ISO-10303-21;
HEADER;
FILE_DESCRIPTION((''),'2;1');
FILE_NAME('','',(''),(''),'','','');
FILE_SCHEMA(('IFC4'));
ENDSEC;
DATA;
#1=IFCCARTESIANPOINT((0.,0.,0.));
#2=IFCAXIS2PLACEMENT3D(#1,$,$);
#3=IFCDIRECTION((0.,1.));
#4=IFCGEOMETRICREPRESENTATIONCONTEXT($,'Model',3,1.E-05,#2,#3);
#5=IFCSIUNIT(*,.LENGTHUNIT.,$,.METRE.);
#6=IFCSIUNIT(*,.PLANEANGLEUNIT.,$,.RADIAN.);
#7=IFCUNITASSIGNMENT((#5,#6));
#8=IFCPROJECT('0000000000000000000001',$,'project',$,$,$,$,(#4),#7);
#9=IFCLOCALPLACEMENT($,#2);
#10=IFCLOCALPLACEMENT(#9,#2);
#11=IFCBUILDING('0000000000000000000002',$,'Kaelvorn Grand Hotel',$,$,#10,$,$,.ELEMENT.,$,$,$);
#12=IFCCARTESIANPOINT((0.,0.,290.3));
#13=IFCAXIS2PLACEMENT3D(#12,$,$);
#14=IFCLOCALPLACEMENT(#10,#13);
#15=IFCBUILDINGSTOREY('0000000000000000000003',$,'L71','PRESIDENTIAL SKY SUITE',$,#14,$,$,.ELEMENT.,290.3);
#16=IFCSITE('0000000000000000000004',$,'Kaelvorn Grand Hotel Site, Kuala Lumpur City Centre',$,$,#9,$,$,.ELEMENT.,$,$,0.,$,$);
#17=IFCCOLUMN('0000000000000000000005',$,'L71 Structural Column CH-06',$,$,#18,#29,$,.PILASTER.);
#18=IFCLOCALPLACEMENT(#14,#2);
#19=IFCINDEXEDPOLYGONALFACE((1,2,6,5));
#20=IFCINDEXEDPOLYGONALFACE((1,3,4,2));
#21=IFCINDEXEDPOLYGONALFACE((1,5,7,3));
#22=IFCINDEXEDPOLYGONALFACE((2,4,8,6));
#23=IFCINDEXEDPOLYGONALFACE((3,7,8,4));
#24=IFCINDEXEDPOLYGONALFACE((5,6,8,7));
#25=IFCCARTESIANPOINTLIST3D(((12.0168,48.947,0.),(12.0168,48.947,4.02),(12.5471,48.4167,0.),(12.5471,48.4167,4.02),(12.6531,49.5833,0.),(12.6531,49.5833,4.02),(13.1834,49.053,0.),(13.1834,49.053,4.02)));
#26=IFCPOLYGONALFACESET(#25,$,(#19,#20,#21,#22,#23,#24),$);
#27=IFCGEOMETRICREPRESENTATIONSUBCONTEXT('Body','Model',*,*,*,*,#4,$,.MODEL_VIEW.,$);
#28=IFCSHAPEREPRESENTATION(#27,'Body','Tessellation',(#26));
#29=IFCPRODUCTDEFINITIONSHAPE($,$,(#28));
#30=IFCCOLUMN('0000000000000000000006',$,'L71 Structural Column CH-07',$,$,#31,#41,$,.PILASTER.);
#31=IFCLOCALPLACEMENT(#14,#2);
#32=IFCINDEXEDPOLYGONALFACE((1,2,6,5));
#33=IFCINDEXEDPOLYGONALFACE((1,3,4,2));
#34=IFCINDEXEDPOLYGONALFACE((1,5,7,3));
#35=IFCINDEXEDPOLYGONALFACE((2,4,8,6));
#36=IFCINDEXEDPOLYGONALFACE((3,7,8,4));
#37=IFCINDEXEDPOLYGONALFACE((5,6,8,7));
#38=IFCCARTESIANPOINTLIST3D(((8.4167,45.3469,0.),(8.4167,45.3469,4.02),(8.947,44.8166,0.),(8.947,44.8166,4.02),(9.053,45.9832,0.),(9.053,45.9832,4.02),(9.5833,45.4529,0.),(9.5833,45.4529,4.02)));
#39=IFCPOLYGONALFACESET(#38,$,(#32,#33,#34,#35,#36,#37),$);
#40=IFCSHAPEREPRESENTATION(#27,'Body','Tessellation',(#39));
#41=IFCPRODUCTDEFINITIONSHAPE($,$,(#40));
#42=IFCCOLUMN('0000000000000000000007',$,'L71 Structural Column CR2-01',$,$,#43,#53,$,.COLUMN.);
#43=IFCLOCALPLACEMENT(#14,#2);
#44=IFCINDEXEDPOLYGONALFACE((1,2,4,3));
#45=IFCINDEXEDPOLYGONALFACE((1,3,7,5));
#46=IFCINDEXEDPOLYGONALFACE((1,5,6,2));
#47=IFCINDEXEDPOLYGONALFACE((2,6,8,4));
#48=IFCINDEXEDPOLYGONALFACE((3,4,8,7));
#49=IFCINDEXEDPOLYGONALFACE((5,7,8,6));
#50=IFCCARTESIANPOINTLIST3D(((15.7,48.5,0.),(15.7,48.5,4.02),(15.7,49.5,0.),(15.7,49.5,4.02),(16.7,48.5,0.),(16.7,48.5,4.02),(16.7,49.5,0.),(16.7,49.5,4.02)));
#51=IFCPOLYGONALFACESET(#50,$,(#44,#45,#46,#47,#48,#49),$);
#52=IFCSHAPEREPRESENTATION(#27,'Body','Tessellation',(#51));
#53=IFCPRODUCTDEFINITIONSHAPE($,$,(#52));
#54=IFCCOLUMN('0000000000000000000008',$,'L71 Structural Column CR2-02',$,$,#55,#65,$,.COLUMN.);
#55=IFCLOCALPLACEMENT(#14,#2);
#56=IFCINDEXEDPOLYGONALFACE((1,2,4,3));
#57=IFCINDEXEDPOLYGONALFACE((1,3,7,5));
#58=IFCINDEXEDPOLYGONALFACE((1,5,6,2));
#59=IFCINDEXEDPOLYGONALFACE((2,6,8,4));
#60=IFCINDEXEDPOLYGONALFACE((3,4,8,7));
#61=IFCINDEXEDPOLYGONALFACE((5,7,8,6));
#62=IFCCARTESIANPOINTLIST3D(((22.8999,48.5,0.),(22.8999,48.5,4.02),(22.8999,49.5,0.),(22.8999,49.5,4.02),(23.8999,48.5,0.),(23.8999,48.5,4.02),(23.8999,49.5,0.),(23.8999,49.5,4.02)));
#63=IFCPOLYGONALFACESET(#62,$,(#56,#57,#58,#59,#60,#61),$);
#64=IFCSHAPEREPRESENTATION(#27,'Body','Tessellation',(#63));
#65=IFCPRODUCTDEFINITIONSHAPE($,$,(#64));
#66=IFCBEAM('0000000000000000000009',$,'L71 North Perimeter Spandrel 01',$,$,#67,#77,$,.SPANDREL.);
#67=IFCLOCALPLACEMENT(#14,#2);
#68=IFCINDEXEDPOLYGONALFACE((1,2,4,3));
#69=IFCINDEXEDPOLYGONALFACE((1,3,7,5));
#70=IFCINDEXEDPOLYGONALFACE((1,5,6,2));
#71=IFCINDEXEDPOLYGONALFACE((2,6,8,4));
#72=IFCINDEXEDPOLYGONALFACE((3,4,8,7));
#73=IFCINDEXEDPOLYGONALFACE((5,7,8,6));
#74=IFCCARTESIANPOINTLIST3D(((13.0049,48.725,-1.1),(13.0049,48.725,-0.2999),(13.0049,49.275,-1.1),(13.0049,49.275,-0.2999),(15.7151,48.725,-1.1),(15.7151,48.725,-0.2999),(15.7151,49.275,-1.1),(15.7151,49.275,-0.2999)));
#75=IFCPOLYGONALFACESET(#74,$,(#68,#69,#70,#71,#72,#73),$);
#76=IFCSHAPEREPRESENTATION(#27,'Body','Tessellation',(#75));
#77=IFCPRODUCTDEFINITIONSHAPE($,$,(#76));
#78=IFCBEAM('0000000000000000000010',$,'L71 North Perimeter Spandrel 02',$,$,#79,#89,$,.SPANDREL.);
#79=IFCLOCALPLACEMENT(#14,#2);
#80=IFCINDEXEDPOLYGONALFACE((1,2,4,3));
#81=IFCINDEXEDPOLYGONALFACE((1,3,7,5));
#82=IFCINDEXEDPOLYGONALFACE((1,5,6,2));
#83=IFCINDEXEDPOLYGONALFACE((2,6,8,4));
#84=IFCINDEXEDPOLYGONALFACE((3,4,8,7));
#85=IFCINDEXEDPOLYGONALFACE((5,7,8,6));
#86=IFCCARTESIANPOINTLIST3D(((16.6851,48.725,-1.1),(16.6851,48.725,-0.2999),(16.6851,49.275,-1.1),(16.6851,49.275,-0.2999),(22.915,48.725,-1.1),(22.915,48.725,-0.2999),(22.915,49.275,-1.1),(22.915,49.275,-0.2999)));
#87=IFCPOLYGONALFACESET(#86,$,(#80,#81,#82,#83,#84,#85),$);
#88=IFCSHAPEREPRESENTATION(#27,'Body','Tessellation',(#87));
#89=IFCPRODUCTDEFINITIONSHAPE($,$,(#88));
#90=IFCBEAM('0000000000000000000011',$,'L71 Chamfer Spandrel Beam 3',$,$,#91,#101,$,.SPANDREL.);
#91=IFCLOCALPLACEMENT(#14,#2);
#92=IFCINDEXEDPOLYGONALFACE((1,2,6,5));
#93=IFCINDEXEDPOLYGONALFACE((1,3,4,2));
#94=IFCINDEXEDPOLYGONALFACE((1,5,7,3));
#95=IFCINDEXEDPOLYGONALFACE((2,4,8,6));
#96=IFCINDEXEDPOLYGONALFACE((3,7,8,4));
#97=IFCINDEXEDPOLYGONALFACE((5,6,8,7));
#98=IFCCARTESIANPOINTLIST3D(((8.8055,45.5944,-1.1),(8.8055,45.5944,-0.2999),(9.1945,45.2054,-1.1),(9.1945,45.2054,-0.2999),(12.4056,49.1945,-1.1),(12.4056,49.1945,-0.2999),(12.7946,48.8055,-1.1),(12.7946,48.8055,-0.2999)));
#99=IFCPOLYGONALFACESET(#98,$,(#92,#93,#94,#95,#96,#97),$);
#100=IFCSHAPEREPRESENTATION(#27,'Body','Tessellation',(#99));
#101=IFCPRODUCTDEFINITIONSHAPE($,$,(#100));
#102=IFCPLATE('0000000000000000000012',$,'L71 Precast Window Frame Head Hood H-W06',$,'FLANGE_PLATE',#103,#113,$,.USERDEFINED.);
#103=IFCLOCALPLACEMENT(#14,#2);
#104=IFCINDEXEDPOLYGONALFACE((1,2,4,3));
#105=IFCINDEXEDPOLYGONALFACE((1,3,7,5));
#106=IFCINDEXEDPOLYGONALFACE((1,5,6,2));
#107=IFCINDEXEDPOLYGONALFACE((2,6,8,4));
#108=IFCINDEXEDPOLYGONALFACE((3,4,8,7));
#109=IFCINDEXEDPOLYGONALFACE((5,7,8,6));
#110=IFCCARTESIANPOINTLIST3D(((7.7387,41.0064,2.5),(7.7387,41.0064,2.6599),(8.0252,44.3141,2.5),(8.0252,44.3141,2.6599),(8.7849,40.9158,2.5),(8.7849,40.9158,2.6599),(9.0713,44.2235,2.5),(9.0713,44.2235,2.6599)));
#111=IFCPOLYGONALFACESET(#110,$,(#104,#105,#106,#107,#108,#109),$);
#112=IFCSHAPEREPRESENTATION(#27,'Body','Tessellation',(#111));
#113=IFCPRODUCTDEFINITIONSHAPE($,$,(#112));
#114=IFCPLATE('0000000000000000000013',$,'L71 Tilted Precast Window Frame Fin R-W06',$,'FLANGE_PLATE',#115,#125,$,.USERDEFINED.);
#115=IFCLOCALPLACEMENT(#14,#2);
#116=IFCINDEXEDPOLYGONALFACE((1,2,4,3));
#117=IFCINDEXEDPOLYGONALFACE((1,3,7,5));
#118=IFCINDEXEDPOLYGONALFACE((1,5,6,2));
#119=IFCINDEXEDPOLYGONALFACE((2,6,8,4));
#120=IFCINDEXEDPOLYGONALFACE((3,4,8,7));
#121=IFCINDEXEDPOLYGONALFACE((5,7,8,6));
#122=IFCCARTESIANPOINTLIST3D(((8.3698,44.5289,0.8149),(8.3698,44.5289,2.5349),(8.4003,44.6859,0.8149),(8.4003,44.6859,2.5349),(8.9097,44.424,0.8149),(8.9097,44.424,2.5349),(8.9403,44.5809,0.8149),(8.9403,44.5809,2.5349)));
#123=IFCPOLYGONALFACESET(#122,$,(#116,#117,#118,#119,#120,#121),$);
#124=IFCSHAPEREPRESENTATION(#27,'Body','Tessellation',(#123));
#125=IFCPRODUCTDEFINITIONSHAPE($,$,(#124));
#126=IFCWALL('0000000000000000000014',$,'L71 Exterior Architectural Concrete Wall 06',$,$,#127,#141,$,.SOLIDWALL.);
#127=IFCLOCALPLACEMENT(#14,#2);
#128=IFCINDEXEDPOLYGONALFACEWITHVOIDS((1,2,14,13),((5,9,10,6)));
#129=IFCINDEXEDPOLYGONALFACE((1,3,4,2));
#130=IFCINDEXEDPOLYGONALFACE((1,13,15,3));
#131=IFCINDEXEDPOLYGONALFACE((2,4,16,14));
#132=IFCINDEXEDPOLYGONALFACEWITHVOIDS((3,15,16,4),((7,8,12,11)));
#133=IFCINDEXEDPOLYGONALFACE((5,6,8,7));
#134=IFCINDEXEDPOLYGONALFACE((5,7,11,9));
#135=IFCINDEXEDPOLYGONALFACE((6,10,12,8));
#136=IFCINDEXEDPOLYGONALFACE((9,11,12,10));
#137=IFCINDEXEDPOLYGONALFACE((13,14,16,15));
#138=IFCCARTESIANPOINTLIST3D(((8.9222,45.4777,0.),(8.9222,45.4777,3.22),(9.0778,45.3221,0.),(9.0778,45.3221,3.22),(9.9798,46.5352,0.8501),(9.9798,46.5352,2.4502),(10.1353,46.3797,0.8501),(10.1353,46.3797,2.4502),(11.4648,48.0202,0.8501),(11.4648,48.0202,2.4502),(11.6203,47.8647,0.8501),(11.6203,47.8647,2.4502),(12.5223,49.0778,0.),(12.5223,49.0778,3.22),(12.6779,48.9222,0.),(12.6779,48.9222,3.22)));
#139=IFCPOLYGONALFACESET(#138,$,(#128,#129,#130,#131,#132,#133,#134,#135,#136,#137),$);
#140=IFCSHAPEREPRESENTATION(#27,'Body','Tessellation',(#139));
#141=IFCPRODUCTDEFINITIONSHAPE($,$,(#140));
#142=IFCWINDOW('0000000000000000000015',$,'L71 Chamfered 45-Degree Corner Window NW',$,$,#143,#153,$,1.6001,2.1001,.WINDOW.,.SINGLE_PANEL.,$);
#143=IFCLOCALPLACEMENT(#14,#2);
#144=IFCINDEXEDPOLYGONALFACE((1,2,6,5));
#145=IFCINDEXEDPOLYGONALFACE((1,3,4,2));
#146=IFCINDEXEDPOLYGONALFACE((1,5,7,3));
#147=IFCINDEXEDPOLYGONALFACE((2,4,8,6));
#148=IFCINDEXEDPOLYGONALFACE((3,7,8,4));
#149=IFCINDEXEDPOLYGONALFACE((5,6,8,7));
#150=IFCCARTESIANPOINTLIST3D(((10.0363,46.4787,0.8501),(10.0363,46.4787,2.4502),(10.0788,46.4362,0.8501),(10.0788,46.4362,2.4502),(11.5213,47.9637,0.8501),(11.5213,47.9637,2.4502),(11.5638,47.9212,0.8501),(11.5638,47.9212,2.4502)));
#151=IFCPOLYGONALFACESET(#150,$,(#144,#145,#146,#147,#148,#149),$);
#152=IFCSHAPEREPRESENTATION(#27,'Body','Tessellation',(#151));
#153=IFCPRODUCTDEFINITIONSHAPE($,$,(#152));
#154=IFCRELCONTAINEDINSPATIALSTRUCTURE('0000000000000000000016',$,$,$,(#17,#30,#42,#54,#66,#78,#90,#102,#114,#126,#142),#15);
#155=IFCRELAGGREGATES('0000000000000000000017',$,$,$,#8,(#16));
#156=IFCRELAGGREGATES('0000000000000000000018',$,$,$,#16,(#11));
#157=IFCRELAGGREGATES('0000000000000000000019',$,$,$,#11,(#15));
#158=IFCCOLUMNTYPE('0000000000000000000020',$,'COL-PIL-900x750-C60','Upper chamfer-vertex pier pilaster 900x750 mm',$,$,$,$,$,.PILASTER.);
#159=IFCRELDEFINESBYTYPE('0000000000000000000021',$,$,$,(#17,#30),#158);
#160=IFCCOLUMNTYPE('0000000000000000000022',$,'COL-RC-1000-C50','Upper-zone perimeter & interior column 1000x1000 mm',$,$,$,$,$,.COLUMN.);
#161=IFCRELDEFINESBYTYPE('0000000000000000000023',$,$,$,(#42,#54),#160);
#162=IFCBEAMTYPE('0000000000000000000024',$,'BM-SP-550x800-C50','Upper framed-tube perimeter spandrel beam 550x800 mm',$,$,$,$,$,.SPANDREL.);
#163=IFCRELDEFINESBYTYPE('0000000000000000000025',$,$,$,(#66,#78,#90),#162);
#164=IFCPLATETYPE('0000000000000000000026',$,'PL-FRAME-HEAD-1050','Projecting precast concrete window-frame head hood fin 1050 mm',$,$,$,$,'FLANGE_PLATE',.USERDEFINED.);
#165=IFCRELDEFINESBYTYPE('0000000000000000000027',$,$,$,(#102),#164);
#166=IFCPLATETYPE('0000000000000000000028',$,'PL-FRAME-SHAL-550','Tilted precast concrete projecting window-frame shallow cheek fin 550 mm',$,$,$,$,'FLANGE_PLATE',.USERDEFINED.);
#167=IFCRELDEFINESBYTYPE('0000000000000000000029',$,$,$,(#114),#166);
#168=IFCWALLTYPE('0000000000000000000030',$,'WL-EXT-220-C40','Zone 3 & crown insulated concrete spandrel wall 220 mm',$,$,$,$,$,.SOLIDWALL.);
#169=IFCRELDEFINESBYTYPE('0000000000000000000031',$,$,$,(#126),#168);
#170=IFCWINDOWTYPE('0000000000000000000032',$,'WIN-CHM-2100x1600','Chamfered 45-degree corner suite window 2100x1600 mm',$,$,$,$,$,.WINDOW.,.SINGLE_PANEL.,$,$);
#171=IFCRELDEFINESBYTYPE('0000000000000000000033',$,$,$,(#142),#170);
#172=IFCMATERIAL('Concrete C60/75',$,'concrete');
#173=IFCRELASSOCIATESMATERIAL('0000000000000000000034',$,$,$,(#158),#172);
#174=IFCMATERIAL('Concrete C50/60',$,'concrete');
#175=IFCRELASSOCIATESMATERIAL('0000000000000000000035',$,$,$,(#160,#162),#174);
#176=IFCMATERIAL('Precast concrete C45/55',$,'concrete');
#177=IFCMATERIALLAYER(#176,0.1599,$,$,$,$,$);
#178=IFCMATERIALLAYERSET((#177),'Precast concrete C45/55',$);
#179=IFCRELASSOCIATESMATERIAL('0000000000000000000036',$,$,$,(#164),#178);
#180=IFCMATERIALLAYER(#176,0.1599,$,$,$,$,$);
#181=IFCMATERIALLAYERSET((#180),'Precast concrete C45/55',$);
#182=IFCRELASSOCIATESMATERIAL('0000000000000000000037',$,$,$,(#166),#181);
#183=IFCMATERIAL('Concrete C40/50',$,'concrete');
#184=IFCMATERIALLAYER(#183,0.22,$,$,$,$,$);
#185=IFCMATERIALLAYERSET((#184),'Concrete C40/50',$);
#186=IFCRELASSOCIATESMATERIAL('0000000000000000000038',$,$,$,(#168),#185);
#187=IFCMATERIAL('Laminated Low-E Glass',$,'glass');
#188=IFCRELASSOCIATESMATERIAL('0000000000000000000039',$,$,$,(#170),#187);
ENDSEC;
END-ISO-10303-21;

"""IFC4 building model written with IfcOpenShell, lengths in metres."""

from ifc_helpers import new_model, si_unit, direction, frame, frame_2d, origin, origin_2d, place, context, subcontext, project, spatial, rectangle, extrude, material, layer, layer_set, material_profile, profile_set, type_object, element, fill, save


model = new_model("IFC4")

# Units and contexts
model_context = context("Model", 3, precision=1e-05, world=origin(), true_north=direction((0.0, 1.0)))
body_context = subcontext(model_context, "Body", "Model", "MODEL_VIEW")
ifc_project = project(units=[si_unit("LENGTHUNIT", "METRE"), si_unit("PLANEANGLEUNIT", "RADIAN")], contexts=[model_context])

# Site, building, storey
site_placement = place(None, origin())
site = spatial("IfcSite", under=ifc_project, at=site_placement, Name="Kaelvorn Grand Hotel Site, Kuala Lumpur City Centre", CompositionType="ELEMENT", RefElevation=0.0)
building_placement = place(site_placement, origin())
building = spatial("IfcBuilding", under=site, at=building_placement, Name="Kaelvorn Grand Hotel", CompositionType="ELEMENT")
storey_placement = place(building_placement, frame((0.0, 0.0, 290.3)))
storey = spatial("IfcBuildingStorey", under=building, at=storey_placement, Name="L71", Description="PRESIDENTIAL SKY SUITE", CompositionType="ELEMENT", Elevation=290.3)

# Columns
ifc_material_1 = material(Name="Concrete C60/75", Category="concrete")
ifc_material_profile_1 = material_profile(ifc_material_1, rectangle(XDim=0.8999, YDim=0.75, at=origin_2d()), Name="RC PILASTER 900x750")
ifc_profile_set_1 = profile_set([ifc_material_profile_1], Name="Concrete C60/75")
column_type_1 = type_object("IfcColumnType", Name="COL-PIL-900x750-C60", Description="Upper chamfer-vertex pier pilaster 900x750 mm", PredefinedType="PILASTER", material=ifc_profile_set_1)
for number, where, z_axis, x_axis, name in (
    (1, (12.6001, 49.0, 0.0), (0.0, 0.0, 1.0), (0.707107, 0.707107, 0.0), "L71 Structural Column CH-06"),
    (2, (9.0, 45.3999, 0.0), (0.0, 0.0, 1.0), (0.707107, 0.707107, 0.0), "L71 Structural Column CH-07"),
):
    element("IfcColumn", number, at=place(storey_placement, frame(where, z_axis=z_axis, x_axis=x_axis)), inside=storey, type_object=column_type_1, Name=name, PredefinedType="PILASTER", context=body_context, shape_type="SweptSolid", body=[
        extrude(rectangle(XDim=0.8999, YDim=0.75, at=origin_2d()), origin(), (0.0, 0.0, 1.0), 4.02),
    ])
ifc_material_2 = material(Name="Concrete C50/60", Category="concrete")
ifc_material_profile_2 = material_profile(ifc_material_2, rectangle(XDim=1.0, YDim=1.0, at=origin_2d()), Name="RC COL 1000x1000")
ifc_profile_set_2 = profile_set([ifc_material_profile_2], Name="Concrete C50/60")
column_type_2 = type_object("IfcColumnType", Name="COL-RC-1000-C50", Description="Upper-zone perimeter & interior column 1000x1000 mm", PredefinedType="COLUMN", material=ifc_profile_set_2)
for number, where, z_axis, x_axis, name in (
    (3, (16.2, 49.0, 0.0), (0.0, 0.0, 1.0), (1.0, 0.0, 0.0), "L71 Structural Column CR2-01"),
    (4, (23.3999, 49.0, 0.0), (0.0, 0.0, 1.0), (1.0, 0.0, 0.0), "L71 Structural Column CR2-02"),
):
    element("IfcColumn", number, at=place(storey_placement, frame(where, z_axis=z_axis, x_axis=x_axis)), inside=storey, type_object=column_type_2, Name=name, PredefinedType="COLUMN", context=body_context, shape_type="SweptSolid", body=[
        extrude(rectangle(XDim=1.0, YDim=1.0, at=origin_2d()), origin(), (0.0, 0.0, 1.0), 4.02),
    ])

# Beams
ifc_material_profile_3 = material_profile(ifc_material_2, rectangle(XDim=0.55, YDim=0.8, at=origin_2d()), Name="RC SPANDREL 550x800")
ifc_profile_set_3 = profile_set([ifc_material_profile_3], Name="Concrete C50/60")
beam_type = type_object("IfcBeamType", Name="BM-SP-550x800-C50", Description="Upper framed-tube perimeter spandrel beam 550x800 mm", PredefinedType="SPANDREL", material=ifc_profile_set_3)
beam_1_placement = place(storey_placement, frame((13.0049, 49.0, -0.7), z_axis=(1.0, 0.0, 0.0), x_axis=(0.0, 1.0, 0.0)))
element("IfcBeam", 5, at=beam_1_placement, inside=storey, type_object=beam_type, Name="L71 North Perimeter Spandrel 01", PredefinedType="SPANDREL", context=body_context, shape_type="SweptSolid", body=[
    extrude(rectangle(XDim=0.55, YDim=0.8, at=origin_2d()), origin(), (0.0, 0.0, 1.0), 2.7102),
])
beam_2_placement = place(storey_placement, frame((16.6851, 49.0, -0.7), z_axis=(1.0, 0.0, 0.0), x_axis=(0.0, 1.0, 0.0)))
element("IfcBeam", 6, at=beam_2_placement, inside=storey, type_object=beam_type, Name="L71 North Perimeter Spandrel 02", PredefinedType="SPANDREL", context=body_context, shape_type="SweptSolid", body=[
    extrude(rectangle(XDim=0.55, YDim=0.8, at=origin_2d()), origin(), (0.0, 0.0, 1.0), 6.23),
])
beam_3_placement = place(storey_placement, frame((12.6001, 49.0, -0.7), z_axis=(-0.707107, -0.707107, 0.0), x_axis=(0.707107, -0.707107, 0.0)))
element("IfcBeam", 7, at=beam_3_placement, inside=storey, type_object=beam_type, Name="L71 Chamfer Spandrel Beam 3", PredefinedType="SPANDREL", context=body_context, shape_type="SweptSolid", body=[
    extrude(rectangle(XDim=0.55, YDim=0.8, at=origin_2d()), origin(), (0.0, 0.0, 1.0), 5.0913),
])

# Plates
ifc_material_3 = material(Name="Precast concrete C45/55", Category="concrete")
ifc_layer_1 = layer(ifc_material_3, 0.1599)
ifc_layer_set_1 = layer_set([ifc_layer_1], Name="Precast concrete C45/55")
plate_type_1 = type_object("IfcPlateType", Name="PL-FRAME-HEAD-1050", Description="Projecting precast concrete window-frame head hood fin 1050 mm", ElementType="FLANGE_PLATE", PredefinedType="USERDEFINED", material=ifc_layer_set_1)
plate_1_placement = place(storey_placement, frame((8.405, 42.615, 2.5), z_axis=(0.0, 0.0, 1.0), x_axis=(0.086286, 0.99627, 0.0)))
element("IfcPlate", 8, at=plate_1_placement, inside=storey, type_object=plate_type_1, Name="L71 Precast Window Frame Head Hood H-W06", ObjectType="FLANGE_PLATE", PredefinedType="USERDEFINED", context=body_context, shape_type="SweptSolid", body=[
    extrude(rectangle(XDim=3.3201, YDim=1.05, at=origin_2d()), origin(), (0.0, 0.0, 1.0), 0.1599),
])
ifc_layer_2 = layer(ifc_material_3, 0.1599)
ifc_layer_set_2 = layer_set([ifc_layer_2], Name="Precast concrete C45/55")
plate_type_2 = type_object("IfcPlateType", Name="PL-FRAME-SHAL-550", Description="Tilted precast concrete projecting window-frame shallow cheek fin 550 mm", ElementType="FLANGE_PLATE", PredefinedType="USERDEFINED", material=ifc_layer_set_2)
plate_2_placement = place(storey_placement, frame((8.655, 44.5549, 0.8149), z_axis=(0.0, 0.0, 1.0), x_axis=(0.190809, 0.981627, 0.0)))
element("IfcPlate", 9, at=plate_2_placement, inside=storey, type_object=plate_type_2, Name="L71 Tilted Precast Window Frame Fin R-W06", ObjectType="FLANGE_PLATE", PredefinedType="USERDEFINED", context=body_context, shape_type="SweptSolid", body=[
    extrude(rectangle(XDim=0.1599, YDim=0.55, at=origin_2d()), origin(), (0.0, 0.0, 1.0), 1.72),
])

# Wall, opening, window
ifc_material_4 = material(Name="Concrete C40/50", Category="concrete")
ifc_layer_3 = layer(ifc_material_4, 0.22)
ifc_layer_set_3 = layer_set([ifc_layer_3], Name="Concrete C40/50")
wall_type_1 = type_object("IfcWallType", Name="WL-EXT-220-C40", Description="Zone 3 & crown insulated concrete spandrel wall 220 mm", PredefinedType="SOLIDWALL", material=ifc_layer_set_3)
wall_1_placement = place(storey_placement, frame((12.6001, 49.0, 0.0), z_axis=(0.0, 0.0, 1.0), x_axis=(-0.707107, -0.707107, 0.0)))
wall_1 = element("IfcWall", 10, at=wall_1_placement, inside=storey, type_object=wall_type_1, Name="L71 Exterior Architectural Concrete Wall 06", PredefinedType="SOLIDWALL", context=body_context, shape_type="SweptSolid", body=[
    extrude(rectangle(XDim=5.0913, YDim=0.22, at=frame_2d((2.5457, 0.0))), origin(), (0.0, 0.0, 1.0), 3.22),
])
opening_1_placement = place(wall_1_placement, frame((1.4956, 0.0, 0.8501)))
opening_1 = element("IfcOpeningElement", 11, at=opening_1_placement, cuts=wall_1, PredefinedType="OPENING", context=body_context, shape_type="SweptSolid", body=[
    extrude(rectangle(XDim=2.1001, YDim=1.6001, at=frame_2d((1.05, 0.8))), frame((0.0, 0.1201, 0.0), z_axis=(0.0, -1.0, 0.0), x_axis=(1.0, 0.0, 0.0)), (0.0, 0.0, 1.0), 0.24),
])
ifc_material_5 = material(Name="Laminated Low-E Glass", Category="glass")
window_type_1 = type_object("IfcWindowType", Name="WIN-CHM-2100x1600", Description="Chamfered 45-degree corner suite window 2100x1600 mm", PartitioningType="SINGLE_PANEL", PredefinedType="WINDOW", material=ifc_material_5)
window_1_placement = place(opening_1_placement, origin())
window_1 = element("IfcWindow", 12, at=window_1_placement, inside=storey, type_object=window_type_1, Name="L71 Chamfered 45-Degree Corner Window NW", OverallHeight=1.6001, OverallWidth=2.1001, PartitioningType="SINGLE_PANEL", PredefinedType="WINDOW", context=body_context, shape_type="SweptSolid", body=[
    extrude(rectangle(XDim=2.1001, YDim=1.6001, at=frame_2d((1.05, 0.8))), frame((0.0, 0.03, 0.0), z_axis=(0.0, -1.0, 0.0), x_axis=(1.0, 0.0, 0.0)), (0.0, 0.0, 1.0), 0.0601),
])
fill(opening_1, window_1)

save(model, "model.ifc")
